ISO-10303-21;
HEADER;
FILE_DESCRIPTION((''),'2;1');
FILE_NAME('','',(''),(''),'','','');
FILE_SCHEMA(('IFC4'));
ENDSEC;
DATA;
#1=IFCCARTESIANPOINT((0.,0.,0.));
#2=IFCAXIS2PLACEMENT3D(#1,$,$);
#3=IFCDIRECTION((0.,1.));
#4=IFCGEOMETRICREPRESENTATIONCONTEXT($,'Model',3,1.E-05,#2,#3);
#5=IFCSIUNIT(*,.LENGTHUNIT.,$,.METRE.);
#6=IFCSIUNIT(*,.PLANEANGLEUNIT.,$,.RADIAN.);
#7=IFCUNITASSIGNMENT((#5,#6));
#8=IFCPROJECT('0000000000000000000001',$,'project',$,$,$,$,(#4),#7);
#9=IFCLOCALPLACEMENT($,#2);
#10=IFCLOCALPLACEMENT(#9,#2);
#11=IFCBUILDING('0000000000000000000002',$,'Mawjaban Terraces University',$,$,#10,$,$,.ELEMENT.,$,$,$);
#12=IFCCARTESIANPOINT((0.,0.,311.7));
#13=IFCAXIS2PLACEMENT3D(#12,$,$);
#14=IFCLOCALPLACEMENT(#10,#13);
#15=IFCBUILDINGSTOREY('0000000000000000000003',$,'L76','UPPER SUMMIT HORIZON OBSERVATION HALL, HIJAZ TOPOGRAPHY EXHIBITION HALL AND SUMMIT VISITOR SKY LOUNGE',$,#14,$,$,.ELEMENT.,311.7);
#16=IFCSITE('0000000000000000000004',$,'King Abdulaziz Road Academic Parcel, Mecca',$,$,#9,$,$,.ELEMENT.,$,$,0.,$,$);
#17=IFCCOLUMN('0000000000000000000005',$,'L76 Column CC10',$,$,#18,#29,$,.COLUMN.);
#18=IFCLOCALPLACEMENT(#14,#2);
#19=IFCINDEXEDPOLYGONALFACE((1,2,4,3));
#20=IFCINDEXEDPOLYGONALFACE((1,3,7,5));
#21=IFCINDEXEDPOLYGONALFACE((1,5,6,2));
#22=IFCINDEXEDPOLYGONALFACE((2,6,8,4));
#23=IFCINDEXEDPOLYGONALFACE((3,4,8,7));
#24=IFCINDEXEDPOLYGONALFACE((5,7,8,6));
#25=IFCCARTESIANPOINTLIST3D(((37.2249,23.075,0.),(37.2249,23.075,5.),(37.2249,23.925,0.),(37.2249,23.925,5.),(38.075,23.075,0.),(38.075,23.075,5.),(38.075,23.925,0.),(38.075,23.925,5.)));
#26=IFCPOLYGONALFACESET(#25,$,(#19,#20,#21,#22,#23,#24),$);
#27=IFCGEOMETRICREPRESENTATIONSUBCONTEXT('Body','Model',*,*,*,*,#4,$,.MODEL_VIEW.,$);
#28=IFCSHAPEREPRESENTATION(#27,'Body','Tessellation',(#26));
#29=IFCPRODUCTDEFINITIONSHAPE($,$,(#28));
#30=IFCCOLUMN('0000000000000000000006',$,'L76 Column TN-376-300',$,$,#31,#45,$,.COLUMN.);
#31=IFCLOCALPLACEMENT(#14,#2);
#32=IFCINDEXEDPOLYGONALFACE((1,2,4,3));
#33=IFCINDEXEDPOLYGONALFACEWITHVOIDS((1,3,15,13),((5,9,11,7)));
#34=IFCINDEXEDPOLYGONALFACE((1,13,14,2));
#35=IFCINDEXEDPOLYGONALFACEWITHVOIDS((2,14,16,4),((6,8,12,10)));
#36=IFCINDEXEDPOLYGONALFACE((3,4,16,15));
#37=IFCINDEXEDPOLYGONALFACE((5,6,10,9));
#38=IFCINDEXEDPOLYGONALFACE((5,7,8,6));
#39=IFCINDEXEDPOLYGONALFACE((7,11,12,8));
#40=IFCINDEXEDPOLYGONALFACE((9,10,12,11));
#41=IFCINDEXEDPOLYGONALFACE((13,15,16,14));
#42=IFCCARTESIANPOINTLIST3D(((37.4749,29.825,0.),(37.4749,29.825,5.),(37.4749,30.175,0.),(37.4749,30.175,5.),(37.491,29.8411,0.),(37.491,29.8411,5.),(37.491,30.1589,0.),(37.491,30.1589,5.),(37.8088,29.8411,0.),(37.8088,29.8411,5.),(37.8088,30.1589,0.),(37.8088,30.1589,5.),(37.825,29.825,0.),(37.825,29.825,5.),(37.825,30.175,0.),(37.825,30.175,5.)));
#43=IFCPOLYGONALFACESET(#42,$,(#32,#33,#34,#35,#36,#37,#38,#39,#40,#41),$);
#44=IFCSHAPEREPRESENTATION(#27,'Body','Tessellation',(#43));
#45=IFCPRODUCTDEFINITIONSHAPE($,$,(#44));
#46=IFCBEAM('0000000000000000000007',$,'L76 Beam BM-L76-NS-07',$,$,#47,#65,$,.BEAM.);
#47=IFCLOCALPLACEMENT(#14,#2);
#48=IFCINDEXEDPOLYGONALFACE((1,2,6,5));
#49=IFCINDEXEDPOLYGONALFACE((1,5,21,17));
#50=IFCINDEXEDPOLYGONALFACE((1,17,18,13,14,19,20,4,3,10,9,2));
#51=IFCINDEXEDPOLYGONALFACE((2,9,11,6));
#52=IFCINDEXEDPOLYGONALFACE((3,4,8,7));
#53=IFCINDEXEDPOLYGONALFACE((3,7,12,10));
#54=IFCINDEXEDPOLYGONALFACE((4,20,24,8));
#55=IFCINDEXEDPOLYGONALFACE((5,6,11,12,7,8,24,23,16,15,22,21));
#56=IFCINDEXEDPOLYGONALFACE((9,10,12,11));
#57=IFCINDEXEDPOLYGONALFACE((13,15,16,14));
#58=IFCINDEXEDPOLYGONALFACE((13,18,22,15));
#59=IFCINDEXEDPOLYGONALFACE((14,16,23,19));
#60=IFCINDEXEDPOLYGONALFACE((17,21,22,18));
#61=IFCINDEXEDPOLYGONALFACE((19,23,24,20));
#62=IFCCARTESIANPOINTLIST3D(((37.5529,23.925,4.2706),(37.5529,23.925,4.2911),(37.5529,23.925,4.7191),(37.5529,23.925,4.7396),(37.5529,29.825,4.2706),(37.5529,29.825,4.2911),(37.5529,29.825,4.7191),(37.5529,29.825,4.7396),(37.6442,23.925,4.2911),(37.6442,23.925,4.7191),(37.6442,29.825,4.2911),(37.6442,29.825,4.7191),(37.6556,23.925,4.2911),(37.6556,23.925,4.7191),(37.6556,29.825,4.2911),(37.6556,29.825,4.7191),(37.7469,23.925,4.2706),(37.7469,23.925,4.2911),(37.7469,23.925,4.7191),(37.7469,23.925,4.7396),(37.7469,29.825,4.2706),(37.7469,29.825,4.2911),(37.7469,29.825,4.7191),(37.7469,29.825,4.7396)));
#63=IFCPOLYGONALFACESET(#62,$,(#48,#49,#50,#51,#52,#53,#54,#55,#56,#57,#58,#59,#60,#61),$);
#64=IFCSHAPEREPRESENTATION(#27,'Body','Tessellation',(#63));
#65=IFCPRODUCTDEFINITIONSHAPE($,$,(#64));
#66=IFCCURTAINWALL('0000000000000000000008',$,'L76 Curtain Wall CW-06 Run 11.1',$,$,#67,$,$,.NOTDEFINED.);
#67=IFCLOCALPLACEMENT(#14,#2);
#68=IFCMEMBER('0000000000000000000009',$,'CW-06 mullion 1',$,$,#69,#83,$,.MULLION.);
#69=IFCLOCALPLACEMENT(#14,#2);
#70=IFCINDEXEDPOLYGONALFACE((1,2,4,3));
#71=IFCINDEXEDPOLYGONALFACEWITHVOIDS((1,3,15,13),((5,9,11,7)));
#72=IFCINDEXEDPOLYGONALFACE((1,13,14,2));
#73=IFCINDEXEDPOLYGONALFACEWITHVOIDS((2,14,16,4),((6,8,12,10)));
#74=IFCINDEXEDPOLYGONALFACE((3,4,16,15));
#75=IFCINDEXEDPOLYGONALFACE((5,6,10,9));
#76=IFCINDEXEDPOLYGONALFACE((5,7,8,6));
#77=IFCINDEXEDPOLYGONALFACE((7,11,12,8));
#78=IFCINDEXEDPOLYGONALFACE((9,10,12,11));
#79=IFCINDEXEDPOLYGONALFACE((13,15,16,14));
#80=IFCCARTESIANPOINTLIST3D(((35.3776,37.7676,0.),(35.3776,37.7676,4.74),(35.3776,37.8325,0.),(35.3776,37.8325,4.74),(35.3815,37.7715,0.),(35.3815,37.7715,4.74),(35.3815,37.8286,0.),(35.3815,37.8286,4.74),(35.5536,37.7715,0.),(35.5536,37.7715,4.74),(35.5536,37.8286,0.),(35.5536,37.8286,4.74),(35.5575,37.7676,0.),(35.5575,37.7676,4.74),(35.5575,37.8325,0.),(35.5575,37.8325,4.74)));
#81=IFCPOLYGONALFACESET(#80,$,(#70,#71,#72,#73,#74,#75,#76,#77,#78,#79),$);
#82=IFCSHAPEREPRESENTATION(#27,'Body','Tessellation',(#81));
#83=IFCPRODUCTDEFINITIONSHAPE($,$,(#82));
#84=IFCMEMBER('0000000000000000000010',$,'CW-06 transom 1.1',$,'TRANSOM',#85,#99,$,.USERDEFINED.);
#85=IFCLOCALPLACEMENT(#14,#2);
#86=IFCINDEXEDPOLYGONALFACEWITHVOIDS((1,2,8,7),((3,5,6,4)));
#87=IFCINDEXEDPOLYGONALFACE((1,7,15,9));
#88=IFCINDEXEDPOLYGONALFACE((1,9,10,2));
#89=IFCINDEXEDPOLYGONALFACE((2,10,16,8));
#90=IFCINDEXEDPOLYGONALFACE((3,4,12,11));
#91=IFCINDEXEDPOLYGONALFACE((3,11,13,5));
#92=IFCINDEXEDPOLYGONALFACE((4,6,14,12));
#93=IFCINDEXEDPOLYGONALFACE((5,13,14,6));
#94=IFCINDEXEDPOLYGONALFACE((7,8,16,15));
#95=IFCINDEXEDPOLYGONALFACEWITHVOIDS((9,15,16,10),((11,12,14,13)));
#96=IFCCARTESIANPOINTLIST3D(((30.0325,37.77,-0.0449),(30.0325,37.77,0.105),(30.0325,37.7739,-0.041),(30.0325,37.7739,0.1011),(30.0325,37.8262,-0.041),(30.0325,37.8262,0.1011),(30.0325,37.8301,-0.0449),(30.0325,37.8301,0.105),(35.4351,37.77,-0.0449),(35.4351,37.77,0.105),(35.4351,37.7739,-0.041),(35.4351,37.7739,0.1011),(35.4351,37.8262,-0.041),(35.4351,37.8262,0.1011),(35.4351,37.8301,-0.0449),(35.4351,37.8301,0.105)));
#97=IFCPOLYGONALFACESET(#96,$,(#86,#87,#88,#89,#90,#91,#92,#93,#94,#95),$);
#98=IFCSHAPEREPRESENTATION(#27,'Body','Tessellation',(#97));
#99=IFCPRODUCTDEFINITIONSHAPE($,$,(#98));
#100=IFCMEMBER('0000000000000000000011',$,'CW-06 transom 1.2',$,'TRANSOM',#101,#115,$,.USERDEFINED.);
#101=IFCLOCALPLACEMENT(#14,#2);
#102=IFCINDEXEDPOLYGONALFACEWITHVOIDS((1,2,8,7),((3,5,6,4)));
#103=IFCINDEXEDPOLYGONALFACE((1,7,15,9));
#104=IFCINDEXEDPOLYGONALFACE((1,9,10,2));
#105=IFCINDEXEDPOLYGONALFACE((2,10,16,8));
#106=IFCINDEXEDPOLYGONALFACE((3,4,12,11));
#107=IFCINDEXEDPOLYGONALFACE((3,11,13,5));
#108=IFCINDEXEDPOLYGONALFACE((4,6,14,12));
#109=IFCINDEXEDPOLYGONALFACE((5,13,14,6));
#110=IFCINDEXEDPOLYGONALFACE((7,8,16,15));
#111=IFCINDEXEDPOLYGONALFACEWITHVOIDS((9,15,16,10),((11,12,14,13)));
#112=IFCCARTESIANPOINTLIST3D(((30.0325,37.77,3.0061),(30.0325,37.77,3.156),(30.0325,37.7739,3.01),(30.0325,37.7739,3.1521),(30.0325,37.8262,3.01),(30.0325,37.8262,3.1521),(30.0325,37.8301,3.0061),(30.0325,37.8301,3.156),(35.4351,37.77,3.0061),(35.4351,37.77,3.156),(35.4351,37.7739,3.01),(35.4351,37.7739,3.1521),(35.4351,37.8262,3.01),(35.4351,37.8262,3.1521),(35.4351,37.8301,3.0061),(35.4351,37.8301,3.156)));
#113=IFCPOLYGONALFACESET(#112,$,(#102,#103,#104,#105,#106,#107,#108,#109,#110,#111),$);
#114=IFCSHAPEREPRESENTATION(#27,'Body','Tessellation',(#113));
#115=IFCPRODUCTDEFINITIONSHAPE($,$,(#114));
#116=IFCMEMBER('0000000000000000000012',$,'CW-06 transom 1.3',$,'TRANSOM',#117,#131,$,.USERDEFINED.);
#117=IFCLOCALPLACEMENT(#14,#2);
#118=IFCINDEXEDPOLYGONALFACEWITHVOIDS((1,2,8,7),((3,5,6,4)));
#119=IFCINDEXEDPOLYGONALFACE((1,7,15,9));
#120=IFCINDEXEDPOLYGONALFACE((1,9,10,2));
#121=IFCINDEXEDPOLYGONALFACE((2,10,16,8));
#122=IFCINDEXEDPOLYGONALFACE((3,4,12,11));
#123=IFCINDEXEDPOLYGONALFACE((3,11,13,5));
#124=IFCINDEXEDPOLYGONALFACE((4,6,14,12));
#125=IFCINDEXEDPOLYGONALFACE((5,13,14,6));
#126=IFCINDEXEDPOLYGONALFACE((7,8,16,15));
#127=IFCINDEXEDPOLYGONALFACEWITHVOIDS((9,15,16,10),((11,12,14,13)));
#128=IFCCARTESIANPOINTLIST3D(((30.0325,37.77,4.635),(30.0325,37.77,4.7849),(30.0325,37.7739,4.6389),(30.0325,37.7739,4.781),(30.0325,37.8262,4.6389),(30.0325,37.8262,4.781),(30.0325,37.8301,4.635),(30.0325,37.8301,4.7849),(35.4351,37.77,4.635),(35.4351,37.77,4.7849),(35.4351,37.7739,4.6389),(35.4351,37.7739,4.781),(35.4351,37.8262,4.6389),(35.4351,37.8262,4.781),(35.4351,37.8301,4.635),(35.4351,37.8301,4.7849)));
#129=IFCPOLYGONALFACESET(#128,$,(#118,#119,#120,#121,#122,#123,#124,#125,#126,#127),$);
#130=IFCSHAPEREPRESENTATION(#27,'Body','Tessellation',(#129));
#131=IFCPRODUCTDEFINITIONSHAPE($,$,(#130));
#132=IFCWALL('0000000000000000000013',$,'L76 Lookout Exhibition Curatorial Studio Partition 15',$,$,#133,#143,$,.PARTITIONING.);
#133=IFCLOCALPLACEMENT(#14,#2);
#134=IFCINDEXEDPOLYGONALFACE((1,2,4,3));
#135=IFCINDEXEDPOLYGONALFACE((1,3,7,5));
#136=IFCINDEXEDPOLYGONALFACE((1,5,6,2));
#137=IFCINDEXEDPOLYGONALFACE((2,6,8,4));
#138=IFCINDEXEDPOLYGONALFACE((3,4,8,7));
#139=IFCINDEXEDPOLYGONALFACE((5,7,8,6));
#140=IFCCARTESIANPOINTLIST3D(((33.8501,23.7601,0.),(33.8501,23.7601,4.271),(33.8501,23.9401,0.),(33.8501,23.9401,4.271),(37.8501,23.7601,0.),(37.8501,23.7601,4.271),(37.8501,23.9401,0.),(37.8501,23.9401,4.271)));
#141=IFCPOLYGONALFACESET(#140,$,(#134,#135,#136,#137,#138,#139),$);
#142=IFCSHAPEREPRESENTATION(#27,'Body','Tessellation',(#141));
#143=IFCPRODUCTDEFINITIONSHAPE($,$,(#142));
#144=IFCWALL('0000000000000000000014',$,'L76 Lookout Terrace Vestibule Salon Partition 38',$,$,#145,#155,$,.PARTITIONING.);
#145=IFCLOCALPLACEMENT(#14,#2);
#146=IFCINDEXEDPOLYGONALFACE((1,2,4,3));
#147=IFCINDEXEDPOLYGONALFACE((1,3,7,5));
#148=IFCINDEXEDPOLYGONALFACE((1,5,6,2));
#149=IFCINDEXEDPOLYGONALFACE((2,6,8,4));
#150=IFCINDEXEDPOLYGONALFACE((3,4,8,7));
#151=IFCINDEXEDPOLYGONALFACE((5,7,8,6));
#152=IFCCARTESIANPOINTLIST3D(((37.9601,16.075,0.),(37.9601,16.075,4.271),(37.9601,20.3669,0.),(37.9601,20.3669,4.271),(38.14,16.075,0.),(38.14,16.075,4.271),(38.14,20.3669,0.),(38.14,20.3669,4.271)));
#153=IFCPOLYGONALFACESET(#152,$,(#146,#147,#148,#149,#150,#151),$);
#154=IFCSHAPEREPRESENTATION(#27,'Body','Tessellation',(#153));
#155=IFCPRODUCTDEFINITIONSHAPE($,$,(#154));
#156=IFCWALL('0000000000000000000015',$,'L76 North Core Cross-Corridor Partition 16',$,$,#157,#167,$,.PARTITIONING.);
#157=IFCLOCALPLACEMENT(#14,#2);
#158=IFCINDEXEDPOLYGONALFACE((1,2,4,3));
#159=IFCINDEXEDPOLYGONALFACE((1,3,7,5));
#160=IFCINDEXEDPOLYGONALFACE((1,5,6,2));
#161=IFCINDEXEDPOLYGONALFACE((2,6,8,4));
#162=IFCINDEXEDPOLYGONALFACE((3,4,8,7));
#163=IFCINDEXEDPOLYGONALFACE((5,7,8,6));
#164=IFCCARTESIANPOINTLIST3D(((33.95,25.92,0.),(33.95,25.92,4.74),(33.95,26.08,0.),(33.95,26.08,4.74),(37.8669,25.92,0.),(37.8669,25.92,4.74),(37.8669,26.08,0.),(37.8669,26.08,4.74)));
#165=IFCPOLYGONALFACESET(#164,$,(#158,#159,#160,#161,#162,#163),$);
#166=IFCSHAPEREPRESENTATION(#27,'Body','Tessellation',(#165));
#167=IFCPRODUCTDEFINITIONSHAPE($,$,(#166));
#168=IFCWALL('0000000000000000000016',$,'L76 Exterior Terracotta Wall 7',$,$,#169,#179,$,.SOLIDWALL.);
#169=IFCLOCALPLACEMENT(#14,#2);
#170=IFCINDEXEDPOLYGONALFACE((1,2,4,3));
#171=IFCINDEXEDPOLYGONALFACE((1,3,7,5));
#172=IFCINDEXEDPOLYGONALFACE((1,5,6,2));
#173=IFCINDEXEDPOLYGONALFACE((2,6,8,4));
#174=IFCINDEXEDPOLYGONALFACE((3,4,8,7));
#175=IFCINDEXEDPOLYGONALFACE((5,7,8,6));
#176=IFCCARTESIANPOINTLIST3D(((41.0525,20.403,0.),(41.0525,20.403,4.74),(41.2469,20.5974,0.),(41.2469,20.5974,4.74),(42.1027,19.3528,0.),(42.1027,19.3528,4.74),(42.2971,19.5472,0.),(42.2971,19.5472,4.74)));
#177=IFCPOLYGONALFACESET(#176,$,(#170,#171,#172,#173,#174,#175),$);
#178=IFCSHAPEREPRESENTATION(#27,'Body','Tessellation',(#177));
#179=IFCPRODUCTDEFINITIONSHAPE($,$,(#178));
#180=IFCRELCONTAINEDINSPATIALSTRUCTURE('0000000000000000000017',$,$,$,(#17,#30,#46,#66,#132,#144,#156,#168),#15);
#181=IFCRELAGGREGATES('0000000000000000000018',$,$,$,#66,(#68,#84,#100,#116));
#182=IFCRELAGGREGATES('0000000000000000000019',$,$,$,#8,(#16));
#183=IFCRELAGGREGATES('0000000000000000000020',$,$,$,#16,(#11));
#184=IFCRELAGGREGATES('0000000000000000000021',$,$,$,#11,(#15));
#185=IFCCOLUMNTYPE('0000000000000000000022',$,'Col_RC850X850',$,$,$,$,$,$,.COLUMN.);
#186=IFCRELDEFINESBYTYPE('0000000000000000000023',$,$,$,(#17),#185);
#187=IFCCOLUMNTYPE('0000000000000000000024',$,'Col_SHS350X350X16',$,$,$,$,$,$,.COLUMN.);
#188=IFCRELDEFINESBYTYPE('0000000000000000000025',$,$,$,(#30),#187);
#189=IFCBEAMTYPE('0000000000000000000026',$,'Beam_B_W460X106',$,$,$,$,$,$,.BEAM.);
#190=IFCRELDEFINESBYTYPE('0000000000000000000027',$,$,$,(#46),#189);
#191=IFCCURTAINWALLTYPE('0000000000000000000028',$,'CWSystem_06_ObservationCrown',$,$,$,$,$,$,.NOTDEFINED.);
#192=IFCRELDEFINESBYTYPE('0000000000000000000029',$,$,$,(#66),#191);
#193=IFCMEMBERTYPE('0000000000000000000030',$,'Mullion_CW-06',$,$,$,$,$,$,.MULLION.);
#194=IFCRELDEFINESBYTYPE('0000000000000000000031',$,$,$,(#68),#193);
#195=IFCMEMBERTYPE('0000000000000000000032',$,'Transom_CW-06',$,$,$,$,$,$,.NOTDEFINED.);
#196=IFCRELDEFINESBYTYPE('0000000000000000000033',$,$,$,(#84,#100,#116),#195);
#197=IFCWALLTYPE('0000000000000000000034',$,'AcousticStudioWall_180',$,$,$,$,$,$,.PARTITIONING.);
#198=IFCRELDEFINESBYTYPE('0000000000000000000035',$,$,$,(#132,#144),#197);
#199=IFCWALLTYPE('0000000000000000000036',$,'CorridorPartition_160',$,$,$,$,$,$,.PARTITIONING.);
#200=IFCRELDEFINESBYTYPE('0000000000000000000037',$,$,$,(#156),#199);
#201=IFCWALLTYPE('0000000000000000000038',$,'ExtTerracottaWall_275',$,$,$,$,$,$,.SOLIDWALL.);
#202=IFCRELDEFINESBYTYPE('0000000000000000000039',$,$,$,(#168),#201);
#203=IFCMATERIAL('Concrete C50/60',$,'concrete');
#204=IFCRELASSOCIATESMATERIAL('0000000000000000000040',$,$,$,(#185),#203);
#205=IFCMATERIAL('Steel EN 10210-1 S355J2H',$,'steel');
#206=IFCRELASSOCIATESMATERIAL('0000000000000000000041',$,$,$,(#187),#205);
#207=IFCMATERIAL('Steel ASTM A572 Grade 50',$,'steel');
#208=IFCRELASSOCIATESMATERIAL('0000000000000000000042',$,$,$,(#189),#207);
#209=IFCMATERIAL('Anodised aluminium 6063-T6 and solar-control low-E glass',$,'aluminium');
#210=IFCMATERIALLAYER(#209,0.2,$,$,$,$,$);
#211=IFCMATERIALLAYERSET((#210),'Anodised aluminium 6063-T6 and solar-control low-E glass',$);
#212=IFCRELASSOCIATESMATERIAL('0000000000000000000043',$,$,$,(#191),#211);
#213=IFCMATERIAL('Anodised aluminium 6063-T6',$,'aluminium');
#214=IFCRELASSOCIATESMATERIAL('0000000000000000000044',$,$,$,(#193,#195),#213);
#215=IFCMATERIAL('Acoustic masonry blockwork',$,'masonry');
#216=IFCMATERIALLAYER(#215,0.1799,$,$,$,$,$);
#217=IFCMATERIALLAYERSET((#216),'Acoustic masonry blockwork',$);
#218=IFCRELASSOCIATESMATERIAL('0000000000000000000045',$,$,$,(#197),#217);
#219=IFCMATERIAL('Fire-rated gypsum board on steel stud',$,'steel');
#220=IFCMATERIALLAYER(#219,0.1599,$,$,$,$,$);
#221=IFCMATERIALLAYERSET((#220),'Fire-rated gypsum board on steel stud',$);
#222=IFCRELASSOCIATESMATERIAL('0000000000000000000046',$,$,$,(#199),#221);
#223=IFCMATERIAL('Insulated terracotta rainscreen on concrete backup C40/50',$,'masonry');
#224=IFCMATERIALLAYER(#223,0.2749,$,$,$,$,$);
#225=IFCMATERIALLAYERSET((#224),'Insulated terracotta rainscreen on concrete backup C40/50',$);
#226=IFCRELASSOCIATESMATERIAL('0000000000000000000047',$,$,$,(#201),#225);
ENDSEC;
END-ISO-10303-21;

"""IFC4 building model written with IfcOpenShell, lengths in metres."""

from ifc_helpers import new_model, si_unit, direction, frame, frame_2d, origin, origin_2d, place, context, subcontext, project, spatial, rectangle, hollow_rectangle, i_section, extrude, material, layer, layer_set, material_profile, profile_set, type_object, element, aggregate, save


model = new_model("IFC4")

# Units and contexts
model_context = context("Model", 3, precision=1e-05, world=origin(), true_north=direction((0.0, 1.0)))
body_context = subcontext(model_context, "Body", "Model", "MODEL_VIEW")
ifc_project = project(units=[si_unit("LENGTHUNIT", "METRE"), si_unit("PLANEANGLEUNIT", "RADIAN")], contexts=[model_context])

# Site, building, storey
site_placement = place(None, origin())
site = spatial("IfcSite", under=ifc_project, at=site_placement, Name="King Abdulaziz Road Academic Parcel, Mecca", CompositionType="ELEMENT", RefElevation=0.0)
building_placement = place(site_placement, origin())
building = spatial("IfcBuilding", under=site, at=building_placement, Name="Mawjaban Terraces University", CompositionType="ELEMENT")
storey_placement = place(building_placement, frame((0.0, 0.0, 311.7)))
storey = spatial("IfcBuildingStorey", under=building, at=storey_placement, Name="L76", Description="UPPER SUMMIT HORIZON OBSERVATION HALL, HIJAZ TOPOGRAPHY EXHIBITION HALL AND SUMMIT VISITOR SKY LOUNGE", CompositionType="ELEMENT", Elevation=311.7)

# Columns
ifc_material_1 = material(Name="Concrete C50/60", Category="concrete")
ifc_material_profile_1 = material_profile(ifc_material_1, rectangle(XDim=0.8501, YDim=0.8501, at=origin_2d()), Name="RC850X850")
ifc_profile_set_1 = profile_set([ifc_material_profile_1], Name="Concrete C50/60")
column_type_1 = type_object("IfcColumnType", Name="Col_RC850X850", PredefinedType="COLUMN", material=ifc_profile_set_1)
column_1_placement = place(storey_placement, frame((37.6499, 23.5, 0.0), z_axis=(0.0, 0.0, 1.0), x_axis=(1.0, 0.0, 0.0)))
element("IfcColumn", 1, at=column_1_placement, inside=storey, type_object=column_type_1, Name="L76 Column CC10", PredefinedType="COLUMN", context=body_context, shape_type="SweptSolid", body=[
    extrude(rectangle(XDim=0.8501, YDim=0.8501, at=origin_2d()), origin(), (0.0, 0.0, 1.0), 5.0),
])
ifc_material_2 = material(Name="Steel EN 10210-1 S355J2H", Category="steel")
ifc_material_profile_2 = material_profile(ifc_material_2, hollow_rectangle(XDim=0.3501, YDim=0.3501, WallThickness=0.0161, at=origin_2d()), Name="SHS350X350X16")
ifc_profile_set_2 = profile_set([ifc_material_profile_2], Name="Steel EN 10210-1 S355J2H")
column_type_2 = type_object("IfcColumnType", Name="Col_SHS350X350X16", PredefinedType="COLUMN", material=ifc_profile_set_2)
column_2_placement = place(storey_placement, frame((37.6499, 30.0, 0.0), z_axis=(0.0, 0.0, 1.0), x_axis=(1.0, 0.0, 0.0)))
element("IfcColumn", 2, at=column_2_placement, inside=storey, type_object=column_type_2, Name="L76 Column TN-376-300", PredefinedType="COLUMN", context=body_context, shape_type="SweptSolid", body=[
    extrude(hollow_rectangle(XDim=0.3501, YDim=0.3501, WallThickness=0.0161, at=origin_2d()), origin(), (0.0, 0.0, 1.0), 5.0),
])

# Beam
ifc_material_3 = material(Name="Steel ASTM A572 Grade 50", Category="steel")
ifc_material_profile_3 = material_profile(ifc_material_3, i_section(OverallWidth=0.1941, OverallDepth=0.469, WebThickness=0.0115, FlangeThickness=0.0205, at=origin_2d()), Name="W460X106")
ifc_profile_set_3 = profile_set([ifc_material_profile_3], Name="Steel ASTM A572 Grade 50")
beam_type = type_object("IfcBeamType", Name="Beam_B_W460X106", PredefinedType="BEAM", material=ifc_profile_set_3)
beam_placement = place(storey_placement, frame((37.6499, 23.925, 4.5051), z_axis=(0.0, 1.0, 0.0), x_axis=(-1.0, 0.0, 0.0)))
element("IfcBeam", 3, at=beam_placement, inside=storey, type_object=beam_type, Name="L76 Beam BM-L76-NS-07", PredefinedType="BEAM", context=body_context, shape_type="SweptSolid", body=[
    extrude(i_section(OverallWidth=0.1941, OverallDepth=0.469, WebThickness=0.0115, FlangeThickness=0.0205, at=origin_2d()), origin(), (0.0, 0.0, 1.0), 5.8999),
])

# Curtain wall, members
ifc_material_4 = material(Name="Anodised aluminium 6063-T6 and solar-control low-E glass", Category="aluminium")
ifc_layer_1 = layer(ifc_material_4, 0.2)
ifc_layer_set_1 = layer_set([ifc_layer_1], Name="Anodised aluminium 6063-T6 and solar-control low-E glass")
curtain_wall_type = type_object("IfcCurtainWallType", Name="CWSystem_06_ObservationCrown", PredefinedType="NOTDEFINED", material=ifc_layer_set_1)
curtain_wall_placement = place(storey_placement, origin())
curtain_wall = element("IfcCurtainWall", 4, at=curtain_wall_placement, inside=storey, type_object=curtain_wall_type, Name="L76 Curtain Wall CW-06 Run 11.1", PredefinedType="NOTDEFINED")
ifc_material_5 = material(Name="Anodised aluminium 6063-T6", Category="aluminium")
ifc_material_profile_4 = material_profile(ifc_material_5, hollow_rectangle(XDim=0.0649, YDim=0.1799, WallThickness=0.0039, at=origin_2d()), Name="ALU180X65X4")
ifc_profile_set_4 = profile_set([ifc_material_profile_4], Name="Anodised aluminium 6063-T6")
member_type_1 = type_object("IfcMemberType", Name="Mullion_CW-06", PredefinedType="MULLION", material=ifc_profile_set_4)
member_1_placement = place(storey_placement, frame((35.4675, 37.8, 0.0), z_axis=(0.0, 0.0, 1.0), x_axis=(0.0, -1.0, 0.0)))
member_1 = element("IfcMember", 5, at=member_1_placement, type_object=member_type_1, Name="CW-06 mullion 1", PredefinedType="MULLION", context=body_context, shape_type="SweptSolid", body=[
    extrude(hollow_rectangle(XDim=0.0649, YDim=0.1799, WallThickness=0.0039, at=origin_2d()), origin(), (0.0, 0.0, 1.0), 4.74),
])
ifc_material_profile_5 = material_profile(ifc_material_5, hollow_rectangle(XDim=0.0601, YDim=0.1499, WallThickness=0.0039, at=origin_2d()), Name="ALU150X60X4")
ifc_profile_set_5 = profile_set([ifc_material_profile_5], Name="Anodised aluminium 6063-T6")
member_type_2 = type_object("IfcMemberType", Name="Transom_CW-06", PredefinedType="NOTDEFINED", material=ifc_profile_set_5)
member_2_placement = place(storey_placement, frame((35.4351, 37.8, 0.03), z_axis=(-1.0, 0.0, 0.0), x_axis=(0.0, -1.0, 0.0)))
member_2 = element("IfcMember", 6, at=member_2_placement, type_object=member_type_2, Name="CW-06 transom 1.1", ObjectType="TRANSOM", PredefinedType="USERDEFINED", context=body_context, shape_type="SweptSolid", body=[
    extrude(hollow_rectangle(XDim=0.0601, YDim=0.1499, WallThickness=0.0039, at=origin_2d()), origin(), (0.0, 0.0, 1.0), 5.4026),
])
member_3_placement = place(storey_placement, frame((35.4351, 37.8, 3.0811), z_axis=(-1.0, 0.0, 0.0), x_axis=(0.0, -1.0, 0.0)))
member_3 = element("IfcMember", 7, at=member_3_placement, type_object=member_type_2, Name="CW-06 transom 1.2", ObjectType="TRANSOM", PredefinedType="USERDEFINED", context=body_context, shape_type="SweptSolid", body=[
    extrude(hollow_rectangle(XDim=0.0601, YDim=0.1499, WallThickness=0.0039, at=origin_2d()), origin(), (0.0, 0.0, 1.0), 5.4026),
])
member_4_placement = place(storey_placement, frame((35.4351, 37.8, 4.71), z_axis=(-1.0, 0.0, 0.0), x_axis=(0.0, -1.0, 0.0)))
member_4 = element("IfcMember", 8, at=member_4_placement, type_object=member_type_2, Name="CW-06 transom 1.3", ObjectType="TRANSOM", PredefinedType="USERDEFINED", context=body_context, shape_type="SweptSolid", body=[
    extrude(hollow_rectangle(XDim=0.0601, YDim=0.1499, WallThickness=0.0039, at=origin_2d()), origin(), (0.0, 0.0, 1.0), 5.4026),
])
aggregate(curtain_wall, [member_1, member_2, member_3, member_4])

# Walls
ifc_material_6 = material(Name="Acoustic masonry blockwork", Category="masonry")
ifc_layer_2 = layer(ifc_material_6, 0.1799)
ifc_layer_set_2 = layer_set([ifc_layer_2], Name="Acoustic masonry blockwork")
wall_type_1 = type_object("IfcWallType", Name="AcousticStudioWall_180", PredefinedType="PARTITIONING", material=ifc_layer_set_2)
wall_1_placement = place(storey_placement, frame((37.8501, 23.8501, 0.0), z_axis=(0.0, 0.0, 1.0), x_axis=(-1.0, 0.0, 0.0)))
element("IfcWall", 9, at=wall_1_placement, inside=storey, type_object=wall_type_1, Name="L76 Lookout Exhibition Curatorial Studio Partition 15", PredefinedType="PARTITIONING", context=body_context, shape_type="SweptSolid", body=[
    extrude(rectangle(XDim=4.0, YDim=0.1799, at=frame_2d((2.0, 0.0))), origin(), (0.0, 0.0, 1.0), 4.271),
])
wall_2_placement = place(storey_placement, frame((38.05, 20.3669, 0.0), z_axis=(0.0, 0.0, 1.0), x_axis=(0.0, -1.0, 0.0)))
element("IfcWall", 10, at=wall_2_placement, inside=storey, type_object=wall_type_1, Name="L76 Lookout Terrace Vestibule Salon Partition 38", PredefinedType="PARTITIONING", context=body_context, shape_type="SweptSolid", body=[
    extrude(rectangle(XDim=4.292, YDim=0.1799, at=frame_2d((2.146, 0.0))), origin(), (0.0, 0.0, 1.0), 4.271),
])
ifc_material_7 = material(Name="Fire-rated gypsum board on steel stud", Category="steel")
ifc_layer_3 = layer(ifc_material_7, 0.1599)
ifc_layer_set_3 = layer_set([ifc_layer_3], Name="Fire-rated gypsum board on steel stud")
wall_type_2 = type_object("IfcWallType", Name="CorridorPartition_160", PredefinedType="PARTITIONING", material=ifc_layer_set_3)
wall_3_placement = place(storey_placement, frame((37.8669, 26.0, 0.0), z_axis=(0.0, 0.0, 1.0), x_axis=(-1.0, 0.0, 0.0)))
element("IfcWall", 11, at=wall_3_placement, inside=storey, type_object=wall_type_2, Name="L76 North Core Cross-Corridor Partition 16", PredefinedType="PARTITIONING", context=body_context, shape_type="SweptSolid", body=[
    extrude(rectangle(XDim=3.917, YDim=0.1599, at=frame_2d((1.9585, 0.0))), origin(), (0.0, 0.0, 1.0), 4.74),
])
ifc_material_8 = material(Name="Insulated terracotta rainscreen on concrete backup C40/50", Category="masonry")
ifc_layer_4 = layer(ifc_material_8, 0.2749)
ifc_layer_set_4 = layer_set([ifc_layer_4], Name="Insulated terracotta rainscreen on concrete backup C40/50")
wall_type_3 = type_object("IfcWallType", Name="ExtTerracottaWall_275", PredefinedType="SOLIDWALL", material=ifc_layer_set_4)
wall_4_placement = place(storey_placement, frame((42.2, 19.45, 0.0), z_axis=(0.0, 0.0, 1.0), x_axis=(-0.707107, 0.707107, 0.0)))
element("IfcWall", 12, at=wall_4_placement, inside=storey, type_object=wall_type_3, Name="L76 Exterior Terracotta Wall 7", PredefinedType="SOLIDWALL", context=body_context, shape_type="SweptSolid", body=[
    extrude(rectangle(XDim=1.4851, YDim=0.2749, at=frame_2d((0.7427, 0.0))), origin(), (0.0, 0.0, 1.0), 4.74),
])

save(model, "model.ifc")
